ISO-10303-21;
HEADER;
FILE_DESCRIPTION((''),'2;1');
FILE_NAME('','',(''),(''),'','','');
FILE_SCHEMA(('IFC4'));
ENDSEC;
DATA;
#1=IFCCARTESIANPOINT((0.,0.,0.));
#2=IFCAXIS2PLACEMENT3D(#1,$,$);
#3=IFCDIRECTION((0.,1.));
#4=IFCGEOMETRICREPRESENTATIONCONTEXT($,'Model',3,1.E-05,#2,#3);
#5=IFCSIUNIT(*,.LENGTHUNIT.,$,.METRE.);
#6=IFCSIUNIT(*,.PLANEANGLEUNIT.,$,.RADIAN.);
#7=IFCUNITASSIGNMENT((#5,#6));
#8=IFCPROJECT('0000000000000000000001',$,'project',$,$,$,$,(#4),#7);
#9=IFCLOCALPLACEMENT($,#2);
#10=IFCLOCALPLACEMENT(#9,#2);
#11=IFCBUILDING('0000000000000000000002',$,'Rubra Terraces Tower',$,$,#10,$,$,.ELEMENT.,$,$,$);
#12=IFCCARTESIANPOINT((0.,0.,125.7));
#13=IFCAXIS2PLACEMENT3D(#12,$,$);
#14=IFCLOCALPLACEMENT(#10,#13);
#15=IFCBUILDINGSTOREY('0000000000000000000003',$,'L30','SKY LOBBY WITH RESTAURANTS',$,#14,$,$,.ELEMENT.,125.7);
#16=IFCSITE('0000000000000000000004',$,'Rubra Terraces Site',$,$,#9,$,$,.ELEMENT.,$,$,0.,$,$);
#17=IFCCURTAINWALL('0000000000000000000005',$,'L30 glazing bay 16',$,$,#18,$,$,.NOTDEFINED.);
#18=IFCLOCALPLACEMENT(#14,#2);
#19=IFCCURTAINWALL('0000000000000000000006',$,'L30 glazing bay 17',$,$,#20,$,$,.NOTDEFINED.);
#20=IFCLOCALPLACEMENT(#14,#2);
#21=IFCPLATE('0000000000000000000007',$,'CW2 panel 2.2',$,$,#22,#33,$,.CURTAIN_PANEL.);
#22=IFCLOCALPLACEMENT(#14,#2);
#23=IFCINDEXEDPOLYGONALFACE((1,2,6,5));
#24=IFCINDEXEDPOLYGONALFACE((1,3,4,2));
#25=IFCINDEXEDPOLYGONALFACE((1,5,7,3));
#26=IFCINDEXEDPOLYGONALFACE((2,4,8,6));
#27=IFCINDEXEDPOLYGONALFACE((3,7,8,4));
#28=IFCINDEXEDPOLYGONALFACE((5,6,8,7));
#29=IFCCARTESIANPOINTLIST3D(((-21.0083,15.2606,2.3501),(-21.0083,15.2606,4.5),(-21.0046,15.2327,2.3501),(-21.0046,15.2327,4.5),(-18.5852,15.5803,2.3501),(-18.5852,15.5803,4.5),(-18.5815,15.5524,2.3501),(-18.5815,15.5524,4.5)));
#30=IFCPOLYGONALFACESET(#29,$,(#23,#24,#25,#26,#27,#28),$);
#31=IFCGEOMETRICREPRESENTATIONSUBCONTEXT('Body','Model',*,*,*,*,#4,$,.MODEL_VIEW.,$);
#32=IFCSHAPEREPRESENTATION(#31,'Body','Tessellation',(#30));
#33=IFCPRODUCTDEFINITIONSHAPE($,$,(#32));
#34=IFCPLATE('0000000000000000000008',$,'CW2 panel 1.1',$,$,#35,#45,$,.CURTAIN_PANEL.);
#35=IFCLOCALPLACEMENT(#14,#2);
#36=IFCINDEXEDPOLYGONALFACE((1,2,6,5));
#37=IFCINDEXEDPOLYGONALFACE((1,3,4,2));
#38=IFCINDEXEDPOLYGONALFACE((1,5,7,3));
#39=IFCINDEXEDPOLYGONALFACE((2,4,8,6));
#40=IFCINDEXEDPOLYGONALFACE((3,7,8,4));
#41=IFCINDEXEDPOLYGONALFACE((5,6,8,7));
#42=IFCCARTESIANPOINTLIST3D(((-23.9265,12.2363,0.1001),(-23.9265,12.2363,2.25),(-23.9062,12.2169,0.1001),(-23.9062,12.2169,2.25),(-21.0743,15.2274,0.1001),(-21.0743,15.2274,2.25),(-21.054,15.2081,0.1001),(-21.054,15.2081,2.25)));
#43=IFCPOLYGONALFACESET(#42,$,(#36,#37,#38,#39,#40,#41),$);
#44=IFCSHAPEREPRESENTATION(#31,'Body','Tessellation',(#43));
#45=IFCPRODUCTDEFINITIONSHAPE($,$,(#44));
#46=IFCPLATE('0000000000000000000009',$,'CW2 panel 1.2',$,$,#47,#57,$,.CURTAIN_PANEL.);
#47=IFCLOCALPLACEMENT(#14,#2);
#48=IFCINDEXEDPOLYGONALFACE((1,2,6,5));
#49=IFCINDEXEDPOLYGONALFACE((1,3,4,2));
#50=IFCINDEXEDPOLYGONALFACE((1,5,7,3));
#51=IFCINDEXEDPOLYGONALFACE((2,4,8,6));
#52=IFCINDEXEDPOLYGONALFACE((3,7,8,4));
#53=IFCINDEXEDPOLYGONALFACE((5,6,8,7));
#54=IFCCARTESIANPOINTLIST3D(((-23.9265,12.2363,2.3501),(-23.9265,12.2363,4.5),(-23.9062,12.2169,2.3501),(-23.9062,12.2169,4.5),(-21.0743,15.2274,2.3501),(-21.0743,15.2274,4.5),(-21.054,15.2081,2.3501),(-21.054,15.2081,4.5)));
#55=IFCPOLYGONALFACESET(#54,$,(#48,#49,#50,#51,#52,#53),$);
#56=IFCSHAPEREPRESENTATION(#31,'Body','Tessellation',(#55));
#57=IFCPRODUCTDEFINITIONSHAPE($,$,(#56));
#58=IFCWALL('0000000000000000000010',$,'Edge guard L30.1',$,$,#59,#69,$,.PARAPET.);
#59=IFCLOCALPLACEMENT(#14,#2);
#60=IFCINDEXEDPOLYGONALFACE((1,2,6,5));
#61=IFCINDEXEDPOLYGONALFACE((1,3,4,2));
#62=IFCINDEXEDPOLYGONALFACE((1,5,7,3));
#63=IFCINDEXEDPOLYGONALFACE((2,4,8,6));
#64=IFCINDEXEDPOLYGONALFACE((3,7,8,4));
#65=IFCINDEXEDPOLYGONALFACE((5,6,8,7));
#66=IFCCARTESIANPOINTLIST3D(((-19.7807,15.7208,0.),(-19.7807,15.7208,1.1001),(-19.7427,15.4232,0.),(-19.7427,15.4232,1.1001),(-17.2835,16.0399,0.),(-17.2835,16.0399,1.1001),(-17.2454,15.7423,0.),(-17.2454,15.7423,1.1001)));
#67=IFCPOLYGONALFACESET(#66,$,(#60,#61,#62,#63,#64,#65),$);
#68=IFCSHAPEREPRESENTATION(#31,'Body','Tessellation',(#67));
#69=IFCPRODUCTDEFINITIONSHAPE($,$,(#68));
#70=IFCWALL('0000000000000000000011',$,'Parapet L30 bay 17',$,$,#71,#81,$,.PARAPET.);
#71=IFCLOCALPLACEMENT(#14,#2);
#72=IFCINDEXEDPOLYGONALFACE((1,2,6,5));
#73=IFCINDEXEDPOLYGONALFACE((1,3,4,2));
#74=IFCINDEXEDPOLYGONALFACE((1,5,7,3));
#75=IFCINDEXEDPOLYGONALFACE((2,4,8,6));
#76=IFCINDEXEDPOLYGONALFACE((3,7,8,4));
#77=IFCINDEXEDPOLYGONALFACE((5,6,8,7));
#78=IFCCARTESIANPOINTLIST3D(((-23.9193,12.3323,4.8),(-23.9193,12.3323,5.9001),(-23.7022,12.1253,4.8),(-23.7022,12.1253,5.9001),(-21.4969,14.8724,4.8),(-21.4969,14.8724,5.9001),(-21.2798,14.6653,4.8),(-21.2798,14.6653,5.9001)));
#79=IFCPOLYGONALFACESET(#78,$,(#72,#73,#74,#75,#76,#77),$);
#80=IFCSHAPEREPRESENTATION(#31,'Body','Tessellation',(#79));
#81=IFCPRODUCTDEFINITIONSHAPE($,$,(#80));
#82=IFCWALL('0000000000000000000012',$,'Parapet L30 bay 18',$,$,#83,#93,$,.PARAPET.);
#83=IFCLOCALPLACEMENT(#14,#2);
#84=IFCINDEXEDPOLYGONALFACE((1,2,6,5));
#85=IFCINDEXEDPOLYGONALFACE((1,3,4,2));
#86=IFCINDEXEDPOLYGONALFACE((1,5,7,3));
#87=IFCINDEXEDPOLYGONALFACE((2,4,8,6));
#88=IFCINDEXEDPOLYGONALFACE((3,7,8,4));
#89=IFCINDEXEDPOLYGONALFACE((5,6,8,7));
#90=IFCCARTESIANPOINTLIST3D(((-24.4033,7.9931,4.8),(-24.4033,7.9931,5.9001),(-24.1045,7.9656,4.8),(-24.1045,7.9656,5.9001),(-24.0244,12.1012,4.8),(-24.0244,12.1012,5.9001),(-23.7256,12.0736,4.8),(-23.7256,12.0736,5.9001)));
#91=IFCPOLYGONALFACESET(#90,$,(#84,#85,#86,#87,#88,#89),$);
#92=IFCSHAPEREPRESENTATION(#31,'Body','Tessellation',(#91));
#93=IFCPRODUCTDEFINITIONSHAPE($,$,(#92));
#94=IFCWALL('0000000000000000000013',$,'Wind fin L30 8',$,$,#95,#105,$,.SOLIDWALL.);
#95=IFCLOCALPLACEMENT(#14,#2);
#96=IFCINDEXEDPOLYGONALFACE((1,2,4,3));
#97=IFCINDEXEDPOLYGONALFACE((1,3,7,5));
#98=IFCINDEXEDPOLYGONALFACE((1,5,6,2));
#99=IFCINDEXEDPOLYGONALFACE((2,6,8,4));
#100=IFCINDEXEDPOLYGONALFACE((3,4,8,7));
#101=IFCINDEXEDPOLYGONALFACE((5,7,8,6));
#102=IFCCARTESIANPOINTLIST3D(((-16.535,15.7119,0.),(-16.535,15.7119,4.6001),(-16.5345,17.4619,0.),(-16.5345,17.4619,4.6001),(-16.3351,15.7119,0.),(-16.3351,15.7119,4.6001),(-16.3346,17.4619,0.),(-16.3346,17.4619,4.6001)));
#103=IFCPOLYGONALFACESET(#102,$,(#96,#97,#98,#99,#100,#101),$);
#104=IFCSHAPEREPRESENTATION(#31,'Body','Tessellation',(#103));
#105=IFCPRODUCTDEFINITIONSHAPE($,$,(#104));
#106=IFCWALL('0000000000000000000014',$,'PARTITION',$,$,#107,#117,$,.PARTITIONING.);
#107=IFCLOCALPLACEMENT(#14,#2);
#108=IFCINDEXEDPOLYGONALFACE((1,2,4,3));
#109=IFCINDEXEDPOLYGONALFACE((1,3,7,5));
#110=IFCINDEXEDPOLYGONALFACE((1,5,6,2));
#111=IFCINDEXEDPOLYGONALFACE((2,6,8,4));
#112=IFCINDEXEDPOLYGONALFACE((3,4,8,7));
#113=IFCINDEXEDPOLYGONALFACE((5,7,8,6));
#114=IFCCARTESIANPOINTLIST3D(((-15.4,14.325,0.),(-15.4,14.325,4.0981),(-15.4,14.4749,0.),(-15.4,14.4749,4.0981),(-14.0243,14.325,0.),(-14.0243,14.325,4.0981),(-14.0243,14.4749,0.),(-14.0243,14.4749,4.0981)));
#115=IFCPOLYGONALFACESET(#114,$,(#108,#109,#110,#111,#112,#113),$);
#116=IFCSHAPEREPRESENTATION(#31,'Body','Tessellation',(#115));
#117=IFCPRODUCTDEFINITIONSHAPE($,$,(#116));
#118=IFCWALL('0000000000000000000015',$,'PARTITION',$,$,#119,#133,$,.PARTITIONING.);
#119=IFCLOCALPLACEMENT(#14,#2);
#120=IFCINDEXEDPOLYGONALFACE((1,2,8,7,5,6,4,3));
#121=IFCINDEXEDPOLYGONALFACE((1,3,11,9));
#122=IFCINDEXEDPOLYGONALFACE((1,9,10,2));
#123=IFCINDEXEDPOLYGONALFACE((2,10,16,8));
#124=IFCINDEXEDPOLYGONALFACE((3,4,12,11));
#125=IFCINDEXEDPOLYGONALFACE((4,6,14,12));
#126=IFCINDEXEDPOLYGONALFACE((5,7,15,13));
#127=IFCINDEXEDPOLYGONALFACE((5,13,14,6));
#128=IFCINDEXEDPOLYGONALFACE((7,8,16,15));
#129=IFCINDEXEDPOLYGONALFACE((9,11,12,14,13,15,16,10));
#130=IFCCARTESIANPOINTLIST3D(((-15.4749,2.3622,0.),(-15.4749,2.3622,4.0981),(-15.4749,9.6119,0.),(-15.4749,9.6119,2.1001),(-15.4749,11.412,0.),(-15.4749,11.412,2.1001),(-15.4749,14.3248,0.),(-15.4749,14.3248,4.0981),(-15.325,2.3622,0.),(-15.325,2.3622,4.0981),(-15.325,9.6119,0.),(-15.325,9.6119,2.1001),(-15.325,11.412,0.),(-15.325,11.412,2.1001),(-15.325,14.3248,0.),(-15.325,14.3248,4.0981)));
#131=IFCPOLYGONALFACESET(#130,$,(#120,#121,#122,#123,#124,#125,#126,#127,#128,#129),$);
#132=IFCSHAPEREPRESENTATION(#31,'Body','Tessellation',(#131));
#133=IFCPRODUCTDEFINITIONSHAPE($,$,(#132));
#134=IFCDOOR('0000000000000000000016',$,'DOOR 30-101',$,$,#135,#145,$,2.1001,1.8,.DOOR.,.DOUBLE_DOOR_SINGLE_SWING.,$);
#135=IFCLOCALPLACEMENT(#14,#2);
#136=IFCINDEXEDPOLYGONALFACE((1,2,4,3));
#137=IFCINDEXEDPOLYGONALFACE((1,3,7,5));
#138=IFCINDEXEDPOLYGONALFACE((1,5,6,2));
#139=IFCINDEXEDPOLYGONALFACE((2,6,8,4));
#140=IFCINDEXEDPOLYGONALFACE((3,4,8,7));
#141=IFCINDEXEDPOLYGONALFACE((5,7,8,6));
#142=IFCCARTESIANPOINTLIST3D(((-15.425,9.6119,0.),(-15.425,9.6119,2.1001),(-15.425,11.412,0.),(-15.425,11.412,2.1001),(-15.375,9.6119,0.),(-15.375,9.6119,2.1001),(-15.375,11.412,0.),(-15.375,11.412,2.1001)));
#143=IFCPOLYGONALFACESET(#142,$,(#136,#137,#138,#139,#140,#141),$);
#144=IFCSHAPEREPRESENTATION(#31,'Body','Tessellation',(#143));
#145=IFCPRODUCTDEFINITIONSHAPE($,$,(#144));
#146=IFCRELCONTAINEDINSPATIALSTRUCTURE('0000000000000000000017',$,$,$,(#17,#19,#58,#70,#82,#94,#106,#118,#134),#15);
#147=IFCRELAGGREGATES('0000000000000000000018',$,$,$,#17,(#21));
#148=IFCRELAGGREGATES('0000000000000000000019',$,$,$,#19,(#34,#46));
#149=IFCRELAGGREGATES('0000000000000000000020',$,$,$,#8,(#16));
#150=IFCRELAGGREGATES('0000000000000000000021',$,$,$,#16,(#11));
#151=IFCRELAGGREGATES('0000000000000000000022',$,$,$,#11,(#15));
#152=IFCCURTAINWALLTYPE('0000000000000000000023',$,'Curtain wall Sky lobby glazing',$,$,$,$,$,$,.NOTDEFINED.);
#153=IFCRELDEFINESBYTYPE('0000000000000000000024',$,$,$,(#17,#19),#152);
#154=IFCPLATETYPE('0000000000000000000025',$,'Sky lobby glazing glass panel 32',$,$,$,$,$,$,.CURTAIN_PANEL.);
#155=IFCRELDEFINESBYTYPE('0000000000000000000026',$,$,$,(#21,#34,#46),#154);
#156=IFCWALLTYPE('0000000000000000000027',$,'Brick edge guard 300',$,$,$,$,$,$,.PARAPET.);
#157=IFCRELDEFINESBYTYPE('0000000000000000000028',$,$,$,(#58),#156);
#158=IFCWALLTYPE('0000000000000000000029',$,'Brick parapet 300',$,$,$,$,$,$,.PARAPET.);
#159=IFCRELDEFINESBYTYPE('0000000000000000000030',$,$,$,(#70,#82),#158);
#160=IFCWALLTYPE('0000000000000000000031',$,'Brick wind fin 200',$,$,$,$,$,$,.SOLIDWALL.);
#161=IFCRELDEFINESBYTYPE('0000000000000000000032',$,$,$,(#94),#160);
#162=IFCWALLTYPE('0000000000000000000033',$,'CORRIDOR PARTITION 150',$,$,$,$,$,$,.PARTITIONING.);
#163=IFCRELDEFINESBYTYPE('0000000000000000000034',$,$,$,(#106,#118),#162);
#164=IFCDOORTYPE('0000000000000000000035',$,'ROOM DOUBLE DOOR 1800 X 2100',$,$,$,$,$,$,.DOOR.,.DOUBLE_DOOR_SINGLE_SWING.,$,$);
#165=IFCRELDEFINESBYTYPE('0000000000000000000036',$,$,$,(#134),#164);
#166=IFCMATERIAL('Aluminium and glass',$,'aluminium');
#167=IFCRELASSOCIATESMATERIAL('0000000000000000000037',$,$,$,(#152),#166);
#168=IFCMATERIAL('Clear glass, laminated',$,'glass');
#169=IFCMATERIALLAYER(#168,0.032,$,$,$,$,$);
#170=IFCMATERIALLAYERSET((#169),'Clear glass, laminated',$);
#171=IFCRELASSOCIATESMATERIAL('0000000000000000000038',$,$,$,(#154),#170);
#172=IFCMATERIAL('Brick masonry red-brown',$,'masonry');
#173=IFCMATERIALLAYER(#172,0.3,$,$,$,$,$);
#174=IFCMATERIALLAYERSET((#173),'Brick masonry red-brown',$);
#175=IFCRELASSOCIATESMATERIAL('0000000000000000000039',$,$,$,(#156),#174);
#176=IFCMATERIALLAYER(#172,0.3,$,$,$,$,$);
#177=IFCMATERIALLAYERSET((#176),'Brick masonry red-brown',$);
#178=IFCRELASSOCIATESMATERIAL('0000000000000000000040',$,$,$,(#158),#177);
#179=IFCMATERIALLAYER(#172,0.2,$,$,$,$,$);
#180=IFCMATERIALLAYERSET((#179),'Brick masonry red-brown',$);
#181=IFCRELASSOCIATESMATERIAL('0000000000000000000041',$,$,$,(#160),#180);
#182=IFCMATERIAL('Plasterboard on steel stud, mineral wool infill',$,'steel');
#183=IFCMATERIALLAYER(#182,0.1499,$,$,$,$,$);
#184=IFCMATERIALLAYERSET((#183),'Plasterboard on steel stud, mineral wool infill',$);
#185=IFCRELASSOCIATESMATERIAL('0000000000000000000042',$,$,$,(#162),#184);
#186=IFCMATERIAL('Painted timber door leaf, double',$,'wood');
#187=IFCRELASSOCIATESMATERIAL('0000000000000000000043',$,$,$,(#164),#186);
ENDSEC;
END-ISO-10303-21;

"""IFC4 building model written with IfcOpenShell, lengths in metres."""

from ifc_helpers import new_model, si_unit, direction, frame, frame_2d, origin, origin_2d, place, context, subcontext, project, spatial, rectangle, extrude, material, layer, layer_set, type_object, element, fill, aggregate, save


model = new_model("IFC4")

# Units and contexts
model_context = context("Model", 3, precision=1e-05, world=origin(), true_north=direction((0.0, 1.0)))
body_context = subcontext(model_context, "Body", "Model", "MODEL_VIEW")
ifc_project = project(units=[si_unit("LENGTHUNIT", "METRE"), si_unit("PLANEANGLEUNIT", "RADIAN")], contexts=[model_context])

# Site, building, storey
site_placement = place(None, origin())
site = spatial("IfcSite", under=ifc_project, at=site_placement, Name="Rubra Terraces Site", CompositionType="ELEMENT", RefElevation=0.0)
building_placement = place(site_placement, origin())
building = spatial("IfcBuilding", under=site, at=building_placement, Name="Rubra Terraces Tower", CompositionType="ELEMENT")
storey_placement = place(building_placement, frame((0.0, 0.0, 125.7)))
storey = spatial("IfcBuildingStorey", under=building, at=storey_placement, Name="L30", Description="SKY LOBBY WITH RESTAURANTS", CompositionType="ELEMENT", Elevation=125.7)

# Curtain wall
ifc_material_1 = material(Name="Aluminium and glass", Category="aluminium")
curtain_wall_type = type_object("IfcCurtainWallType", Name="Curtain wall Sky lobby glazing", PredefinedType="NOTDEFINED", material=ifc_material_1)
curtain_wall_1_placement = place(storey_placement, origin())
curtain_wall_1 = element("IfcCurtainWall", 1, at=curtain_wall_1_placement, inside=storey, type_object=curtain_wall_type, Name="L30 glazing bay 16", PredefinedType="NOTDEFINED")

# Curtain wall
curtain_wall_2_placement = place(storey_placement, origin())
curtain_wall_2 = element("IfcCurtainWall", 2, at=curtain_wall_2_placement, inside=storey, type_object=curtain_wall_type, Name="L30 glazing bay 17", PredefinedType="NOTDEFINED")

# Shared definitions
ifc_material_2 = material(Name="Clear glass, laminated", Category="glass")
ifc_layer_1 = layer(ifc_material_2, 0.032)
ifc_layer_set_1 = layer_set([ifc_layer_1], Name="Clear glass, laminated")
plate_type = type_object("IfcPlateType", Name="Sky lobby glazing glass panel 32", PredefinedType="CURTAIN_PANEL", material=ifc_layer_set_1)

# Plates
plate_1_placement = place(storey_placement, frame((-19.7949, 15.4065, 2.3501), z_axis=(0.0, 0.0, 1.0), x_axis=(-0.991408, -0.130803, 0.0)))
plate_1 = element("IfcPlate", 3, at=plate_1_placement, type_object=plate_type, Name="CW2 panel 2.2", PredefinedType="CURTAIN_PANEL", context=body_context, shape_type="SweptSolid", body=[
    extrude(rectangle(XDim=2.4441, YDim=0.0281, at=origin_2d()), origin(), (0.0, 0.0, 1.0), 2.1499),
])
aggregate(curtain_wall_1, [plate_1])
plate_2_placement = place(storey_placement, frame((-22.4902, 13.7222, 0.1001), z_axis=(0.0, 0.0, 1.0), x_axis=(-0.690095, -0.723718, 0.0)))
plate_2 = element("IfcPlate", 4, at=plate_2_placement, type_object=plate_type, Name="CW2 panel 1.1", PredefinedType="CURTAIN_PANEL", context=body_context, shape_type="SweptSolid", body=[
    extrude(rectangle(XDim=4.1331, YDim=0.0281, at=origin_2d()), origin(), (0.0, 0.0, 1.0), 2.1499),
])
plate_3_placement = place(storey_placement, frame((-22.4902, 13.7222, 2.3501), z_axis=(0.0, 0.0, 1.0), x_axis=(-0.690095, -0.723718, 0.0)))
plate_3 = element("IfcPlate", 5, at=plate_3_placement, type_object=plate_type, Name="CW2 panel 1.2", PredefinedType="CURTAIN_PANEL", context=body_context, shape_type="SweptSolid", body=[
    extrude(rectangle(XDim=4.1331, YDim=0.0281, at=origin_2d()), origin(), (0.0, 0.0, 1.0), 2.1499),
])
aggregate(curtain_wall_2, [plate_2, plate_3])

# Walls
ifc_material_3 = material(Name="Brick masonry red-brown", Category="masonry")
ifc_layer_2 = layer(ifc_material_3, 0.3)
ifc_layer_set_2 = layer_set([ifc_layer_2], Name="Brick masonry red-brown")
wall_type_1 = type_object("IfcWallType", Name="Brick edge guard 300", PredefinedType="PARAPET", material=ifc_layer_set_2)
wall_1_placement = place(storey_placement, frame((-19.7617, 15.572, 0.0), z_axis=(0.0, 0.0, 1.0), x_axis=(0.991936, 0.126744, 0.0)))
element("IfcWall", 6, at=wall_1_placement, inside=storey, type_object=wall_type_1, Name="Edge guard L30.1", PredefinedType="PARAPET", context=body_context, shape_type="SweptSolid", body=[
    extrude(rectangle(XDim=2.5176, YDim=0.3, at=frame_2d((1.2588, 0.0))), origin(), (0.0, 0.0, 1.0), 1.1001),
])
ifc_layer_3 = layer(ifc_material_3, 0.3)
ifc_layer_set_3 = layer_set([ifc_layer_3], Name="Brick masonry red-brown")
wall_type_2 = type_object("IfcWallType", Name="Brick parapet 300", PredefinedType="PARAPET", material=ifc_layer_set_3)
wall_2_placement = place(storey_placement, frame((-21.3884, 14.7688, 4.8), z_axis=(0.0, 0.0, 1.0), x_axis=(-0.690145, -0.723671, 0.0)))
element("IfcWall", 7, at=wall_2_placement, inside=storey, type_object=wall_type_2, Name="Parapet L30 bay 17", PredefinedType="PARAPET", context=body_context, shape_type="SweptSolid", body=[
    extrude(rectangle(XDim=3.51, YDim=0.3, at=frame_2d((1.7549, 0.0))), origin(), (0.0, 0.0, 1.0), 1.1001),
])
wall_3_placement = place(storey_placement, frame((-23.875, 12.0874, 4.8), z_axis=(0.0, 0.0, 1.0), x_axis=(-0.091843, -0.995774, 0.0)))
element("IfcWall", 8, at=wall_3_placement, inside=storey, type_object=wall_type_2, Name="Parapet L30 bay 18", PredefinedType="PARAPET", context=body_context, shape_type="SweptSolid", body=[
    extrude(rectangle(XDim=4.1255, YDim=0.3, at=frame_2d((2.0627, 0.0))), origin(), (0.0, 0.0, 1.0), 1.1001),
])
ifc_layer_4 = layer(ifc_material_3, 0.2)
ifc_layer_set_4 = layer_set([ifc_layer_4], Name="Brick masonry red-brown")
wall_type_3 = type_object("IfcWallType", Name="Brick wind fin 200", PredefinedType="SOLIDWALL", material=ifc_layer_set_4)
wall_4_placement = place(storey_placement, frame((-16.4351, 15.7119, 0.0), z_axis=(0.0, 0.0, 1.0), x_axis=(0.000279, 1.0, 0.0)))
element("IfcWall", 9, at=wall_4_placement, inside=storey, type_object=wall_type_3, Name="Wind fin L30 8", PredefinedType="SOLIDWALL", context=body_context, shape_type="SweptSolid", body=[
    extrude(rectangle(XDim=1.75, YDim=0.2, at=frame_2d((0.875, 0.0))), origin(), (0.0, 0.0, 1.0), 4.6001),
])
ifc_material_4 = material(Name="Plasterboard on steel stud, mineral wool infill", Category="steel")
ifc_layer_5 = layer(ifc_material_4, 0.1499)
ifc_layer_set_5 = layer_set([ifc_layer_5], Name="Plasterboard on steel stud, mineral wool infill")
wall_type_4 = type_object("IfcWallType", Name="CORRIDOR PARTITION 150", PredefinedType="PARTITIONING", material=ifc_layer_set_5)
wall_5_placement = place(storey_placement, frame((-14.0242, 14.3999, 0.0), z_axis=(0.0, 0.0, 1.0), x_axis=(-1.0, 0.0, 0.0)))
element("IfcWall", 10, at=wall_5_placement, inside=storey, type_object=wall_type_4, Name="PARTITION", PredefinedType="PARTITIONING", context=body_context, shape_type="SweptSolid", body=[
    extrude(rectangle(XDim=1.3757, YDim=0.1499, at=frame_2d((0.688, 0.0))), origin(), (0.0, 0.0, 1.0), 4.0981),
])

# Wall, opening, door
wall_6_placement = place(storey_placement, frame((-15.3999, 14.325, 0.0), z_axis=(0.0, 0.0, 1.0), x_axis=(0.0, -1.0, 0.0)))
wall_6 = element("IfcWall", 11, at=wall_6_placement, inside=storey, type_object=wall_type_4, Name="PARTITION", PredefinedType="PARTITIONING", context=body_context, shape_type="SweptSolid", body=[
    extrude(rectangle(XDim=11.9626, YDim=0.1499, at=frame_2d((5.9814, 0.0))), origin(), (0.0, 0.0, 1.0), 4.0981),
])
opening_placement = place(wall_6_placement, frame((2.9131, 0.0, 0.0)))
opening = element("IfcOpeningElement", 12, at=opening_placement, cuts=wall_6, PredefinedType="OPENING", context=body_context, shape_type="SweptSolid", body=[
    extrude(rectangle(XDim=1.8, YDim=2.1001, at=frame_2d((0.8999, 1.05))), frame((0.0, 0.085, 0.0), z_axis=(0.0, -1.0, 0.0), x_axis=(1.0, 0.0, 0.0)), (0.0, 0.0, 1.0), 0.1699),
])
ifc_material_5 = material(Name="Painted timber door leaf, double", Category="wood")
door_type = type_object("IfcDoorType", Name="ROOM DOUBLE DOOR 1800 X 2100", OperationType="DOUBLE_DOOR_SINGLE_SWING", PredefinedType="DOOR", material=ifc_material_5)
door_placement = place(opening_placement, origin())
door = element("IfcDoor", 13, at=door_placement, inside=storey, type_object=door_type, Name="DOOR 30-101", OperationType="DOUBLE_DOOR_SINGLE_SWING", OverallHeight=2.1001, OverallWidth=1.8, PredefinedType="DOOR", context=body_context, shape_type="SweptSolid", body=[
    extrude(rectangle(XDim=1.8, YDim=2.1001, at=frame_2d((0.8999, 1.05))), frame((0.0, 0.0249, 0.0), z_axis=(0.0, -1.0, 0.0), x_axis=(1.0, 0.0, 0.0)), (0.0, 0.0, 1.0), 0.05),
])
fill(opening, door)

save(model, "model.ifc")
